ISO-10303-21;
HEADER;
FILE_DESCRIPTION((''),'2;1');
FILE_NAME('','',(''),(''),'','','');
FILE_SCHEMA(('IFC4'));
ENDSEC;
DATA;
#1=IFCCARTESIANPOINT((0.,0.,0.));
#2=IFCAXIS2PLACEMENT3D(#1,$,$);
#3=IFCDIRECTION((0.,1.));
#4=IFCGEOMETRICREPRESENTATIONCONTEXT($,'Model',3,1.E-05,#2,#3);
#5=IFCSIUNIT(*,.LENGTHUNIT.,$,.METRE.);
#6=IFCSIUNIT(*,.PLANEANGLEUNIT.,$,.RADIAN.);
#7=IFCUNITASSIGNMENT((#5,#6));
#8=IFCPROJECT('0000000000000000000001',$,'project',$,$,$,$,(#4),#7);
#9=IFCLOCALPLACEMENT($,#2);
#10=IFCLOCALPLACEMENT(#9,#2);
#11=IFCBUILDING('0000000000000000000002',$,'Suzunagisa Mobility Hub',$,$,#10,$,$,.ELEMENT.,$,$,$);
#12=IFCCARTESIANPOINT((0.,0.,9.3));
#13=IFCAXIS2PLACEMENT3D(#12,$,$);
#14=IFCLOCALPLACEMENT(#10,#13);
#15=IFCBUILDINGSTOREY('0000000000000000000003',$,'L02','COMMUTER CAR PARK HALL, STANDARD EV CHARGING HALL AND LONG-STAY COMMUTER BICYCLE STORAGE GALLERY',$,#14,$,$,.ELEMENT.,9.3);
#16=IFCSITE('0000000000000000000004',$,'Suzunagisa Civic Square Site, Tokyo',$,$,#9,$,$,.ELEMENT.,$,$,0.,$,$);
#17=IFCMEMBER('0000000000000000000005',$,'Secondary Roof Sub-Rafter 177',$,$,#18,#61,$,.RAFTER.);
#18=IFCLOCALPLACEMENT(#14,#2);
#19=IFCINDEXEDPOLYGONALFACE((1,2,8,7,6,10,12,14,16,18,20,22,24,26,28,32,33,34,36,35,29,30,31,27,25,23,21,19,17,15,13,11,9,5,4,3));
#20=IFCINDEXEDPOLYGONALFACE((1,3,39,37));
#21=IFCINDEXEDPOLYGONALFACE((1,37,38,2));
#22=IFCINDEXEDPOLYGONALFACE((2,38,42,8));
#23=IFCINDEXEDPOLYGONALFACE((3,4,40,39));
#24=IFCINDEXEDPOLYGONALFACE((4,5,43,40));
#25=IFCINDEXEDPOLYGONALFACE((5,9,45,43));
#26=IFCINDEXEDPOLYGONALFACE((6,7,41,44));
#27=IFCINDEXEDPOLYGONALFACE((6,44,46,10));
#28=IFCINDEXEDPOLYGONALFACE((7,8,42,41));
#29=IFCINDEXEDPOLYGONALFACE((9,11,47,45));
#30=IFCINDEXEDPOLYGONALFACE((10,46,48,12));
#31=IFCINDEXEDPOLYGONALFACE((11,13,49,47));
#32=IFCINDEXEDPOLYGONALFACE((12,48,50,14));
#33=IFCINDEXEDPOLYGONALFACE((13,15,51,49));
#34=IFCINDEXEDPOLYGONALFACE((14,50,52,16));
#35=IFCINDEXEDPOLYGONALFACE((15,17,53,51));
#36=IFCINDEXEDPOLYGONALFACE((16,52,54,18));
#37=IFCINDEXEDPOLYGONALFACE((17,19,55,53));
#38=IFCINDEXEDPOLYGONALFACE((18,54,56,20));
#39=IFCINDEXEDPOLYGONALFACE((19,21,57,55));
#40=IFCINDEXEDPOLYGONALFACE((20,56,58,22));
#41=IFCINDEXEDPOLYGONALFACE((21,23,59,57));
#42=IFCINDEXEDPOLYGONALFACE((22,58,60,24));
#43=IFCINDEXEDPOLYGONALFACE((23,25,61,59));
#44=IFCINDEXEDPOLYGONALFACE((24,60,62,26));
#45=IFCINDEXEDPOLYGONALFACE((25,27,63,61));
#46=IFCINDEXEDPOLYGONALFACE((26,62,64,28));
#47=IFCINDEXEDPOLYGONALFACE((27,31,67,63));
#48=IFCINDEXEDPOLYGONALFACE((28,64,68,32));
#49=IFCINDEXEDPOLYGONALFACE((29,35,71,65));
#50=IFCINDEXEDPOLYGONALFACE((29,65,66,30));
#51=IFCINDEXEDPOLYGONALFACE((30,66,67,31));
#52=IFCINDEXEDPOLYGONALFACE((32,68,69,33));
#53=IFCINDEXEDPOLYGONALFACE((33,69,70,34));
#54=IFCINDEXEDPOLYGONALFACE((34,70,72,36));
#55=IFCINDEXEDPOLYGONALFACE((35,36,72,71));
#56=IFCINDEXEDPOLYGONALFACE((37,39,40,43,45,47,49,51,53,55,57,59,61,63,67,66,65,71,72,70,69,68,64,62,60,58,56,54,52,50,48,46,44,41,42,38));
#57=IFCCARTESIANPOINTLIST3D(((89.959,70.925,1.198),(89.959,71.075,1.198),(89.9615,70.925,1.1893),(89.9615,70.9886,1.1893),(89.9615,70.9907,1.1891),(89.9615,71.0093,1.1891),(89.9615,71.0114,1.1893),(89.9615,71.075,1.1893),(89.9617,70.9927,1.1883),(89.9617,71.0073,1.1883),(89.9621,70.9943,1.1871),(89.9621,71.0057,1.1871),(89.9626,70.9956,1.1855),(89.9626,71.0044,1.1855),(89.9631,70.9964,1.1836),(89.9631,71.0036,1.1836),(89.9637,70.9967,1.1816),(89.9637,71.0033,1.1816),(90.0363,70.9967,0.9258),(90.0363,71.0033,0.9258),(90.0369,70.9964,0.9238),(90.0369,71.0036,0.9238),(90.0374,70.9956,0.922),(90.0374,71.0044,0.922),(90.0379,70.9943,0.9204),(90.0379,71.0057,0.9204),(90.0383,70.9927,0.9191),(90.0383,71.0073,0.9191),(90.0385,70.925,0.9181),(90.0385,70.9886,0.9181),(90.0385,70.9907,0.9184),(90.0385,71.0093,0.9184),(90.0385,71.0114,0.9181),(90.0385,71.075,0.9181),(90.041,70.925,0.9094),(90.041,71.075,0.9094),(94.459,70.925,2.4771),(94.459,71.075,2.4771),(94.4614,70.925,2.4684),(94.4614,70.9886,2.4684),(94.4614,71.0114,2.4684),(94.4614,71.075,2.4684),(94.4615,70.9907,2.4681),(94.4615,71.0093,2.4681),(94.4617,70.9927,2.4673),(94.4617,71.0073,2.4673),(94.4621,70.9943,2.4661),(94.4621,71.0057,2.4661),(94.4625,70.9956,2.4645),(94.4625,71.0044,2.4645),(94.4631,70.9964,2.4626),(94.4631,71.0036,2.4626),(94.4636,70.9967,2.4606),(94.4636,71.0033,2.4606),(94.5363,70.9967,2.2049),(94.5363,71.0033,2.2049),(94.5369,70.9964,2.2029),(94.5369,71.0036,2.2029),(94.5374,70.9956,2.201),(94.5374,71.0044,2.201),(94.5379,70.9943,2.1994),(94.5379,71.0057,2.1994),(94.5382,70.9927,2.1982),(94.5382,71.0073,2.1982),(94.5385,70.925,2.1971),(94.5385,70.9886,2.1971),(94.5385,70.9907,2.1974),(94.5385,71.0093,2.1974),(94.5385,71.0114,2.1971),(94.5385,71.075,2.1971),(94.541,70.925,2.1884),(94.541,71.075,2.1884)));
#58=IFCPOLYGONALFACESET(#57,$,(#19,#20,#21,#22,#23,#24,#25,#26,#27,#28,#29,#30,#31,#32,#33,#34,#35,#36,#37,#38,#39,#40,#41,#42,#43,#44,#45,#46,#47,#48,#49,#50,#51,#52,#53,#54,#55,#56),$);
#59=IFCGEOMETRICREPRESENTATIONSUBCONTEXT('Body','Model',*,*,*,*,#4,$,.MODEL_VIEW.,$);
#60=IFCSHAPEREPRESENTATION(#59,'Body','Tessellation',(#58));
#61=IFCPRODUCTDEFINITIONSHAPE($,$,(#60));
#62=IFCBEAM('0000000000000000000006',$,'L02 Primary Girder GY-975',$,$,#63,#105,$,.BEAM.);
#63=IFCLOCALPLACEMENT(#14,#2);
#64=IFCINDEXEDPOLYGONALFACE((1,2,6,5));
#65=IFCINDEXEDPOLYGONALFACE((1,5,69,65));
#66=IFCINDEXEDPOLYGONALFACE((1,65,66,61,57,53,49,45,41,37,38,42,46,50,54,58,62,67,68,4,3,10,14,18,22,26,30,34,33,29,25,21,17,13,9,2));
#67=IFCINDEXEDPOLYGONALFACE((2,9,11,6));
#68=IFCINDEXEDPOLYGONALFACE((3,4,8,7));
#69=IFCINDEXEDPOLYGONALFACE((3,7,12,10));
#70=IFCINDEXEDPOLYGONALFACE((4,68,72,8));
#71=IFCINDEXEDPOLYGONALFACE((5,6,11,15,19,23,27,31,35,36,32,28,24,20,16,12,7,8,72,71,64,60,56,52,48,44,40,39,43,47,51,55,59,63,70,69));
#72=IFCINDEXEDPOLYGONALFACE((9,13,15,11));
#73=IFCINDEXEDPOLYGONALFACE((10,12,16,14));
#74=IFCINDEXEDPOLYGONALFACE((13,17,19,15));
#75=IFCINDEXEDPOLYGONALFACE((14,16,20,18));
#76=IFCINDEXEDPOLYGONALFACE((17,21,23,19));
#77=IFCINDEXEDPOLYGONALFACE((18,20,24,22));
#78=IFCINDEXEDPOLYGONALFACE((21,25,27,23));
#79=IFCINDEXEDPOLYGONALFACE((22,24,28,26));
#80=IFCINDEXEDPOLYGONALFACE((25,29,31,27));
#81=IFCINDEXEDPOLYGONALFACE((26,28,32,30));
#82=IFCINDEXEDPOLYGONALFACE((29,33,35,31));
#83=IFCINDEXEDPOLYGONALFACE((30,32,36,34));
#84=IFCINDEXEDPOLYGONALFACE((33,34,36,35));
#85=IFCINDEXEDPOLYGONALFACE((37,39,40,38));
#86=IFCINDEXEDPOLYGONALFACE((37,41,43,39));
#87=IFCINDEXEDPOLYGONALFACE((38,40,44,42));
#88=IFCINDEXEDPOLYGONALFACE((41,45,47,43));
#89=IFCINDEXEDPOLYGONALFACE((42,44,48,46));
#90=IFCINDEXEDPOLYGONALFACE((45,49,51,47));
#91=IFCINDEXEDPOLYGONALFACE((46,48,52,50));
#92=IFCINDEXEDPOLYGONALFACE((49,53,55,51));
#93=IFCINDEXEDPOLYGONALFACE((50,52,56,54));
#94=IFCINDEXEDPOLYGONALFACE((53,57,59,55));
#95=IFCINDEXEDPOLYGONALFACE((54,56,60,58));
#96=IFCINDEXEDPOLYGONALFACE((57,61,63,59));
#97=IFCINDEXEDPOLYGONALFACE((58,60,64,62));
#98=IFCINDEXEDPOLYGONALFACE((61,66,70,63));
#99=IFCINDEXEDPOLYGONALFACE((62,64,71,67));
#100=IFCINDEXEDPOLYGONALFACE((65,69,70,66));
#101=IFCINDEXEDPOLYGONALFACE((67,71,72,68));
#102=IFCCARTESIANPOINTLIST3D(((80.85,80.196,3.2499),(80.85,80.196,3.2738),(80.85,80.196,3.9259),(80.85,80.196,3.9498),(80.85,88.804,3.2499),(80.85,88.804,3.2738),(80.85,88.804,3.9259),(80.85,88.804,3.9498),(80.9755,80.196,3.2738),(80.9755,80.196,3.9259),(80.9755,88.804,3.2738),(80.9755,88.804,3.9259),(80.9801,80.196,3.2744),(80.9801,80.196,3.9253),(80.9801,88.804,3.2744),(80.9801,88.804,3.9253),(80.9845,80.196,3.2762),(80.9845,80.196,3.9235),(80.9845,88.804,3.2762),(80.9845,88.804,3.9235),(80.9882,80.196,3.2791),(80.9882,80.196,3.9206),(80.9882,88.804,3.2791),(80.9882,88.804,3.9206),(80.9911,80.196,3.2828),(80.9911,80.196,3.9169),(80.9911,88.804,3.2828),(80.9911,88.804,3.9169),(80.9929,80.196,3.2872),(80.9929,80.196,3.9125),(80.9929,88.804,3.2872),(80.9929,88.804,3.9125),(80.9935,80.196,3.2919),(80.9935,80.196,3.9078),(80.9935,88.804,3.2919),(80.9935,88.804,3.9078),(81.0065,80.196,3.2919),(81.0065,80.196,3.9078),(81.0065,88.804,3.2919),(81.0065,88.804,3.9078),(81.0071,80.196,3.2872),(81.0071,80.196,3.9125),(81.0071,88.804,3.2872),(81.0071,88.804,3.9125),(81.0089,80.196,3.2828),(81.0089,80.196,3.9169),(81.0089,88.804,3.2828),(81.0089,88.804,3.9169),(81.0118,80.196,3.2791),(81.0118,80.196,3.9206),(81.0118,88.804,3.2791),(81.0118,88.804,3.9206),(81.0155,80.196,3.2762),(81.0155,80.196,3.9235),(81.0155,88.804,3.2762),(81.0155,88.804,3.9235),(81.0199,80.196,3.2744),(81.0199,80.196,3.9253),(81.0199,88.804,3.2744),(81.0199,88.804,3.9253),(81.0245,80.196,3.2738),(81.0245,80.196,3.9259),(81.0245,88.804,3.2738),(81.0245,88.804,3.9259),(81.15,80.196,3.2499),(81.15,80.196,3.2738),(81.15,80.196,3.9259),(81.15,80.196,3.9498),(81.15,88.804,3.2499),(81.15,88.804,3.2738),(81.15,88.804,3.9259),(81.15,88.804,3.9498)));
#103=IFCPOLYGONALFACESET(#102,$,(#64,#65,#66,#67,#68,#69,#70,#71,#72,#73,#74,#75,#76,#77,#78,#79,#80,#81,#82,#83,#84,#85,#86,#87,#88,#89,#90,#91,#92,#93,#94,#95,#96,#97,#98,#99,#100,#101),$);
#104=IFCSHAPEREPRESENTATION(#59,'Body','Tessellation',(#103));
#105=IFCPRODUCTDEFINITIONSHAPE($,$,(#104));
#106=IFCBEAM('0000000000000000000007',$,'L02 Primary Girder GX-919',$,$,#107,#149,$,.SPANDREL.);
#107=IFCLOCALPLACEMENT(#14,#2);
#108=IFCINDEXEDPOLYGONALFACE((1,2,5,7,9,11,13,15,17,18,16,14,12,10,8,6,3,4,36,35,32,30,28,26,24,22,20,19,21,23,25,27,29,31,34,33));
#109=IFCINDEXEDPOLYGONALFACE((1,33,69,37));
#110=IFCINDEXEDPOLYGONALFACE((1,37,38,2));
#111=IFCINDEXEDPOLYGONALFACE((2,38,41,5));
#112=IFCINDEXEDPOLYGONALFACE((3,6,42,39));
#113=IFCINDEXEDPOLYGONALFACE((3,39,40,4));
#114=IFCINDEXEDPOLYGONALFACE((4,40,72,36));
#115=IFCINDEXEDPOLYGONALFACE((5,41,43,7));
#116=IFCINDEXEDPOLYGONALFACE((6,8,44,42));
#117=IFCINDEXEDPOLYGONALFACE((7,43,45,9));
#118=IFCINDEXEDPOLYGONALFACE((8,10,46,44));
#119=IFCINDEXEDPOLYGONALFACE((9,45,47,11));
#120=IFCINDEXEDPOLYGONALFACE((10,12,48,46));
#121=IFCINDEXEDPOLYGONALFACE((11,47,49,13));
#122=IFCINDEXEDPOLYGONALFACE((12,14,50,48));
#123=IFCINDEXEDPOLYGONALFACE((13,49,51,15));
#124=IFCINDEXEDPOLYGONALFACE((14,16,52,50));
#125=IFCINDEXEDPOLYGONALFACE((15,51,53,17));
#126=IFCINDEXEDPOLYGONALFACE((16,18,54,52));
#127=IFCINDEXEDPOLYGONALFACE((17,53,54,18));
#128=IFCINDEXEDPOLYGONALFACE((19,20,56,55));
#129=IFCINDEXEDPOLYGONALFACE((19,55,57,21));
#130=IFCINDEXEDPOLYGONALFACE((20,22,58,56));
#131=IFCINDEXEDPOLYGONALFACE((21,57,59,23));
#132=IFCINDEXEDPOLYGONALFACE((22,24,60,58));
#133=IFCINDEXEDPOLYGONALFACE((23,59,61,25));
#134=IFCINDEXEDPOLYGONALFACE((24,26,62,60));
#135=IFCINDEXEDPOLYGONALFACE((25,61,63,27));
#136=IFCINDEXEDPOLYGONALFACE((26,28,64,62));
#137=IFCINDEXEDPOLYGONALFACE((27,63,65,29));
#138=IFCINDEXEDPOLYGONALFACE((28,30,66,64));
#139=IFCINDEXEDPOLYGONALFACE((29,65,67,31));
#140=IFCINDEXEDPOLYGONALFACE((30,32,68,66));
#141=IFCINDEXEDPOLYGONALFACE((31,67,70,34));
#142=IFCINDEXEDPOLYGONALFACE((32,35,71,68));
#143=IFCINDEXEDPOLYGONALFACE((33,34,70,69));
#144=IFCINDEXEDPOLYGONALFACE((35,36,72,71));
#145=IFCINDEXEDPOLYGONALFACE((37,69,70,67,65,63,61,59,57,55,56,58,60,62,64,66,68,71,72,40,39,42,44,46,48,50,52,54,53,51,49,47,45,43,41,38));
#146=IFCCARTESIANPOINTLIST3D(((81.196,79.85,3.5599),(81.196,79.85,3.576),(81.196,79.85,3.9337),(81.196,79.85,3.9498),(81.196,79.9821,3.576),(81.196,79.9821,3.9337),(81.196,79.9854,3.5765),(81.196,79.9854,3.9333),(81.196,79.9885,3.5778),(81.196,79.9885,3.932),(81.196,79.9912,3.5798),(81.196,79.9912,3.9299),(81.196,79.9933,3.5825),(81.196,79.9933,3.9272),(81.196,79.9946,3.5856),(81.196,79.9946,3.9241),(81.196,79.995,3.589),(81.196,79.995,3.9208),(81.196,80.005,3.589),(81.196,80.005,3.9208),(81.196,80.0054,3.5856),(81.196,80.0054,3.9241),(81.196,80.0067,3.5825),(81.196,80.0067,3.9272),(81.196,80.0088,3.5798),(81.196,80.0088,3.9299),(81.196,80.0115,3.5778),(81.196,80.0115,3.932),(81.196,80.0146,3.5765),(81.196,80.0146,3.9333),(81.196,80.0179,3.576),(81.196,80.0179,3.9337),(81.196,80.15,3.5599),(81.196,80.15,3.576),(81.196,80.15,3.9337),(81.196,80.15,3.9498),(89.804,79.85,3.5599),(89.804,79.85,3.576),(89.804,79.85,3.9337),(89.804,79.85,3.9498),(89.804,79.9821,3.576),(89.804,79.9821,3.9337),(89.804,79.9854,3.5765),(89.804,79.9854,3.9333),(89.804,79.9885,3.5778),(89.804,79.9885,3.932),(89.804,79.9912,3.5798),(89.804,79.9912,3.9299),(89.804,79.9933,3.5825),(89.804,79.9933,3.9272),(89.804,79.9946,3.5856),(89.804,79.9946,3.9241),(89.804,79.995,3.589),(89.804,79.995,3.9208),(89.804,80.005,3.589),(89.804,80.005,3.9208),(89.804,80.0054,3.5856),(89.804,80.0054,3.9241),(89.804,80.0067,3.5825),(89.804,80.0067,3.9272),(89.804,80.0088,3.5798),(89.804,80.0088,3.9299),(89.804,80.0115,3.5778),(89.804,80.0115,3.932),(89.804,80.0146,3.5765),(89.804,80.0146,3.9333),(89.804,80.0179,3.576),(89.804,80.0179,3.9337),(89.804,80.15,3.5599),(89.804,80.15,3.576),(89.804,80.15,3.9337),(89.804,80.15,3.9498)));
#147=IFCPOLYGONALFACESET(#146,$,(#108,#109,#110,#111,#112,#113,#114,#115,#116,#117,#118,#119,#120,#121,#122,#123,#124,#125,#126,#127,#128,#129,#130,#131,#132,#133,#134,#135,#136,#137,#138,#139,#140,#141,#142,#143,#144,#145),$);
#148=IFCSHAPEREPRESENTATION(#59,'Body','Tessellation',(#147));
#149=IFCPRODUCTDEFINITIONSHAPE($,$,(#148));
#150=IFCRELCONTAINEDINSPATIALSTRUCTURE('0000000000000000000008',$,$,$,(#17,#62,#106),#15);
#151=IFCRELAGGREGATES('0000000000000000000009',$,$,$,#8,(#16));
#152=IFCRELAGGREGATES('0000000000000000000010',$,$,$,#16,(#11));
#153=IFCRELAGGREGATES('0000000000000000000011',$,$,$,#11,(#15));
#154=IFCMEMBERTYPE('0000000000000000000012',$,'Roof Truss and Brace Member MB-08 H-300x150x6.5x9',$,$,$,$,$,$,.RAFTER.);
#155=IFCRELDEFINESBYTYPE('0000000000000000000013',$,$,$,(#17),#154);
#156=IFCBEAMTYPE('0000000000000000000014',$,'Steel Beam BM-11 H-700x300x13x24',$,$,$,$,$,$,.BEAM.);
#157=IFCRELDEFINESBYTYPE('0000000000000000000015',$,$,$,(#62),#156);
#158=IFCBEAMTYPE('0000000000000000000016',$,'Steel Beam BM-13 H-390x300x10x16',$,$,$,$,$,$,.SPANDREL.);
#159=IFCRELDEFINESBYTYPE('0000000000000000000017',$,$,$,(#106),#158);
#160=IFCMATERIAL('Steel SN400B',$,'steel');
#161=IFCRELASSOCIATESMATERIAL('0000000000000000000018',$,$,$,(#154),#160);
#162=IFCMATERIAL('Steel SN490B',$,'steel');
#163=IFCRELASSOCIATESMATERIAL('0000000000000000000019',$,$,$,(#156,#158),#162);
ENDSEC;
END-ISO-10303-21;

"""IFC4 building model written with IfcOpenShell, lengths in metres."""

from ifc_helpers import new_model, si_unit, direction, frame, origin, origin_2d, place, context, subcontext, project, spatial, i_section, extrude, material, material_profile, profile_set, type_object, element, save


model = new_model("IFC4")

# Units and contexts
model_context = context("Model", 3, precision=1e-05, world=origin(), true_north=direction((0.0, 1.0)))
body_context = subcontext(model_context, "Body", "Model", "MODEL_VIEW")
ifc_project = project(units=[si_unit("LENGTHUNIT", "METRE"), si_unit("PLANEANGLEUNIT", "RADIAN")], contexts=[model_context])

# Site, building, storey
site_placement = place(None, origin())
site = spatial("IfcSite", under=ifc_project, at=site_placement, Name="Suzunagisa Civic Square Site, Tokyo", CompositionType="ELEMENT", RefElevation=0.0)
building_placement = place(site_placement, origin())
building = spatial("IfcBuilding", under=site, at=building_placement, Name="Suzunagisa Mobility Hub", CompositionType="ELEMENT")
storey_placement = place(building_placement, frame((0.0, 0.0, 9.3)))
storey = spatial("IfcBuildingStorey", under=building, at=storey_placement, Name="L02", Description="COMMUTER CAR PARK HALL, STANDARD EV CHARGING HALL AND LONG-STAY COMMUTER BICYCLE STORAGE GALLERY", CompositionType="ELEMENT", Elevation=9.3)

# Shared definitions
ifc_material_1 = material(Name="Steel SN490B", Category="steel")

# Member
ifc_material_2 = material(Name="Steel SN400B", Category="steel")
ifc_material_profile_1 = material_profile(ifc_material_2, i_section(OverallWidth=0.1499, OverallDepth=0.3, WebThickness=0.0066, FlangeThickness=0.009, FilletRadius=0.0081, at=origin_2d()), Name="H-300x150x6.5x9")
ifc_profile_set_1 = profile_set([ifc_material_profile_1], Name="Steel SN400B")
member_type_1 = type_object("IfcMemberType", Name="Roof Truss and Brace Member MB-08 H-300x150x6.5x9", PredefinedType="RAFTER", material=ifc_profile_set_1)
for number, where, z_axis, x_axis, name in (
    (1, (90.0, 71.0, 1.0537), (0.961899, 0.0, 0.273404), (0.0, 1.0, 0.0), "Secondary Roof Sub-Rafter 177"),
):
    element("IfcMember", number, at=place(storey_placement, frame(where, z_axis=z_axis, x_axis=x_axis)), inside=storey, type_object=member_type_1, Name=name, PredefinedType="RAFTER", context=body_context, shape_type="SweptSolid", body=[
        extrude(i_section(OverallWidth=0.1499, OverallDepth=0.3, WebThickness=0.0066, FlangeThickness=0.009, FilletRadius=0.0081, at=origin_2d()), origin(), (0.0, 0.0, 1.0), 4.6782),
    ])

# Beams
ifc_material_profile_2 = material_profile(ifc_material_1, i_section(OverallWidth=0.3, OverallDepth=0.7, WebThickness=0.0129, FlangeThickness=0.0239, FilletRadius=0.0181, at=origin_2d()), Name="H-700x300x13x24")
ifc_profile_set_2 = profile_set([ifc_material_profile_2], Name="Steel SN490B")
beam_type_1 = type_object("IfcBeamType", Name="Steel Beam BM-11 H-700x300x13x24", PredefinedType="BEAM", material=ifc_profile_set_2)
beam_1_placement = place(storey_placement, frame((81.0, 80.196, 3.5999), z_axis=(0.0, 1.0, 0.0), x_axis=(-1.0, 0.0, 0.0)))
element("IfcBeam", 2, at=beam_1_placement, inside=storey, type_object=beam_type_1, Name="L02 Primary Girder GY-975", PredefinedType="BEAM", context=body_context, shape_type="SweptSolid", body=[
    extrude(i_section(OverallWidth=0.3, OverallDepth=0.7, WebThickness=0.0129, FlangeThickness=0.0239, FilletRadius=0.0181, at=origin_2d()), origin(), (0.0, 0.0, 1.0), 8.6079),
])
ifc_material_profile_3 = material_profile(ifc_material_1, i_section(OverallWidth=0.3, OverallDepth=0.3899, WebThickness=0.01, FlangeThickness=0.0161, FilletRadius=0.0129, at=origin_2d()), Name="H-390x300x10x16")
ifc_profile_set_3 = profile_set([ifc_material_profile_3], Name="Steel SN490B")
beam_type_2 = type_object("IfcBeamType", Name="Steel Beam BM-13 H-390x300x10x16", PredefinedType="SPANDREL", material=ifc_profile_set_3)
beam_2_placement = place(storey_placement, frame((81.196, 80.0, 3.7549), z_axis=(1.0, 0.0, 0.0), x_axis=(0.0, 1.0, 0.0)))
element("IfcBeam", 3, at=beam_2_placement, inside=storey, type_object=beam_type_2, Name="L02 Primary Girder GX-919", PredefinedType="SPANDREL", context=body_context, shape_type="SweptSolid", body=[
    extrude(i_section(OverallWidth=0.3, OverallDepth=0.3899, WebThickness=0.01, FlangeThickness=0.0161, FilletRadius=0.0129, at=origin_2d()), origin(), (0.0, 0.0, 1.0), 8.6079),
])

save(model, "model.ifc")
